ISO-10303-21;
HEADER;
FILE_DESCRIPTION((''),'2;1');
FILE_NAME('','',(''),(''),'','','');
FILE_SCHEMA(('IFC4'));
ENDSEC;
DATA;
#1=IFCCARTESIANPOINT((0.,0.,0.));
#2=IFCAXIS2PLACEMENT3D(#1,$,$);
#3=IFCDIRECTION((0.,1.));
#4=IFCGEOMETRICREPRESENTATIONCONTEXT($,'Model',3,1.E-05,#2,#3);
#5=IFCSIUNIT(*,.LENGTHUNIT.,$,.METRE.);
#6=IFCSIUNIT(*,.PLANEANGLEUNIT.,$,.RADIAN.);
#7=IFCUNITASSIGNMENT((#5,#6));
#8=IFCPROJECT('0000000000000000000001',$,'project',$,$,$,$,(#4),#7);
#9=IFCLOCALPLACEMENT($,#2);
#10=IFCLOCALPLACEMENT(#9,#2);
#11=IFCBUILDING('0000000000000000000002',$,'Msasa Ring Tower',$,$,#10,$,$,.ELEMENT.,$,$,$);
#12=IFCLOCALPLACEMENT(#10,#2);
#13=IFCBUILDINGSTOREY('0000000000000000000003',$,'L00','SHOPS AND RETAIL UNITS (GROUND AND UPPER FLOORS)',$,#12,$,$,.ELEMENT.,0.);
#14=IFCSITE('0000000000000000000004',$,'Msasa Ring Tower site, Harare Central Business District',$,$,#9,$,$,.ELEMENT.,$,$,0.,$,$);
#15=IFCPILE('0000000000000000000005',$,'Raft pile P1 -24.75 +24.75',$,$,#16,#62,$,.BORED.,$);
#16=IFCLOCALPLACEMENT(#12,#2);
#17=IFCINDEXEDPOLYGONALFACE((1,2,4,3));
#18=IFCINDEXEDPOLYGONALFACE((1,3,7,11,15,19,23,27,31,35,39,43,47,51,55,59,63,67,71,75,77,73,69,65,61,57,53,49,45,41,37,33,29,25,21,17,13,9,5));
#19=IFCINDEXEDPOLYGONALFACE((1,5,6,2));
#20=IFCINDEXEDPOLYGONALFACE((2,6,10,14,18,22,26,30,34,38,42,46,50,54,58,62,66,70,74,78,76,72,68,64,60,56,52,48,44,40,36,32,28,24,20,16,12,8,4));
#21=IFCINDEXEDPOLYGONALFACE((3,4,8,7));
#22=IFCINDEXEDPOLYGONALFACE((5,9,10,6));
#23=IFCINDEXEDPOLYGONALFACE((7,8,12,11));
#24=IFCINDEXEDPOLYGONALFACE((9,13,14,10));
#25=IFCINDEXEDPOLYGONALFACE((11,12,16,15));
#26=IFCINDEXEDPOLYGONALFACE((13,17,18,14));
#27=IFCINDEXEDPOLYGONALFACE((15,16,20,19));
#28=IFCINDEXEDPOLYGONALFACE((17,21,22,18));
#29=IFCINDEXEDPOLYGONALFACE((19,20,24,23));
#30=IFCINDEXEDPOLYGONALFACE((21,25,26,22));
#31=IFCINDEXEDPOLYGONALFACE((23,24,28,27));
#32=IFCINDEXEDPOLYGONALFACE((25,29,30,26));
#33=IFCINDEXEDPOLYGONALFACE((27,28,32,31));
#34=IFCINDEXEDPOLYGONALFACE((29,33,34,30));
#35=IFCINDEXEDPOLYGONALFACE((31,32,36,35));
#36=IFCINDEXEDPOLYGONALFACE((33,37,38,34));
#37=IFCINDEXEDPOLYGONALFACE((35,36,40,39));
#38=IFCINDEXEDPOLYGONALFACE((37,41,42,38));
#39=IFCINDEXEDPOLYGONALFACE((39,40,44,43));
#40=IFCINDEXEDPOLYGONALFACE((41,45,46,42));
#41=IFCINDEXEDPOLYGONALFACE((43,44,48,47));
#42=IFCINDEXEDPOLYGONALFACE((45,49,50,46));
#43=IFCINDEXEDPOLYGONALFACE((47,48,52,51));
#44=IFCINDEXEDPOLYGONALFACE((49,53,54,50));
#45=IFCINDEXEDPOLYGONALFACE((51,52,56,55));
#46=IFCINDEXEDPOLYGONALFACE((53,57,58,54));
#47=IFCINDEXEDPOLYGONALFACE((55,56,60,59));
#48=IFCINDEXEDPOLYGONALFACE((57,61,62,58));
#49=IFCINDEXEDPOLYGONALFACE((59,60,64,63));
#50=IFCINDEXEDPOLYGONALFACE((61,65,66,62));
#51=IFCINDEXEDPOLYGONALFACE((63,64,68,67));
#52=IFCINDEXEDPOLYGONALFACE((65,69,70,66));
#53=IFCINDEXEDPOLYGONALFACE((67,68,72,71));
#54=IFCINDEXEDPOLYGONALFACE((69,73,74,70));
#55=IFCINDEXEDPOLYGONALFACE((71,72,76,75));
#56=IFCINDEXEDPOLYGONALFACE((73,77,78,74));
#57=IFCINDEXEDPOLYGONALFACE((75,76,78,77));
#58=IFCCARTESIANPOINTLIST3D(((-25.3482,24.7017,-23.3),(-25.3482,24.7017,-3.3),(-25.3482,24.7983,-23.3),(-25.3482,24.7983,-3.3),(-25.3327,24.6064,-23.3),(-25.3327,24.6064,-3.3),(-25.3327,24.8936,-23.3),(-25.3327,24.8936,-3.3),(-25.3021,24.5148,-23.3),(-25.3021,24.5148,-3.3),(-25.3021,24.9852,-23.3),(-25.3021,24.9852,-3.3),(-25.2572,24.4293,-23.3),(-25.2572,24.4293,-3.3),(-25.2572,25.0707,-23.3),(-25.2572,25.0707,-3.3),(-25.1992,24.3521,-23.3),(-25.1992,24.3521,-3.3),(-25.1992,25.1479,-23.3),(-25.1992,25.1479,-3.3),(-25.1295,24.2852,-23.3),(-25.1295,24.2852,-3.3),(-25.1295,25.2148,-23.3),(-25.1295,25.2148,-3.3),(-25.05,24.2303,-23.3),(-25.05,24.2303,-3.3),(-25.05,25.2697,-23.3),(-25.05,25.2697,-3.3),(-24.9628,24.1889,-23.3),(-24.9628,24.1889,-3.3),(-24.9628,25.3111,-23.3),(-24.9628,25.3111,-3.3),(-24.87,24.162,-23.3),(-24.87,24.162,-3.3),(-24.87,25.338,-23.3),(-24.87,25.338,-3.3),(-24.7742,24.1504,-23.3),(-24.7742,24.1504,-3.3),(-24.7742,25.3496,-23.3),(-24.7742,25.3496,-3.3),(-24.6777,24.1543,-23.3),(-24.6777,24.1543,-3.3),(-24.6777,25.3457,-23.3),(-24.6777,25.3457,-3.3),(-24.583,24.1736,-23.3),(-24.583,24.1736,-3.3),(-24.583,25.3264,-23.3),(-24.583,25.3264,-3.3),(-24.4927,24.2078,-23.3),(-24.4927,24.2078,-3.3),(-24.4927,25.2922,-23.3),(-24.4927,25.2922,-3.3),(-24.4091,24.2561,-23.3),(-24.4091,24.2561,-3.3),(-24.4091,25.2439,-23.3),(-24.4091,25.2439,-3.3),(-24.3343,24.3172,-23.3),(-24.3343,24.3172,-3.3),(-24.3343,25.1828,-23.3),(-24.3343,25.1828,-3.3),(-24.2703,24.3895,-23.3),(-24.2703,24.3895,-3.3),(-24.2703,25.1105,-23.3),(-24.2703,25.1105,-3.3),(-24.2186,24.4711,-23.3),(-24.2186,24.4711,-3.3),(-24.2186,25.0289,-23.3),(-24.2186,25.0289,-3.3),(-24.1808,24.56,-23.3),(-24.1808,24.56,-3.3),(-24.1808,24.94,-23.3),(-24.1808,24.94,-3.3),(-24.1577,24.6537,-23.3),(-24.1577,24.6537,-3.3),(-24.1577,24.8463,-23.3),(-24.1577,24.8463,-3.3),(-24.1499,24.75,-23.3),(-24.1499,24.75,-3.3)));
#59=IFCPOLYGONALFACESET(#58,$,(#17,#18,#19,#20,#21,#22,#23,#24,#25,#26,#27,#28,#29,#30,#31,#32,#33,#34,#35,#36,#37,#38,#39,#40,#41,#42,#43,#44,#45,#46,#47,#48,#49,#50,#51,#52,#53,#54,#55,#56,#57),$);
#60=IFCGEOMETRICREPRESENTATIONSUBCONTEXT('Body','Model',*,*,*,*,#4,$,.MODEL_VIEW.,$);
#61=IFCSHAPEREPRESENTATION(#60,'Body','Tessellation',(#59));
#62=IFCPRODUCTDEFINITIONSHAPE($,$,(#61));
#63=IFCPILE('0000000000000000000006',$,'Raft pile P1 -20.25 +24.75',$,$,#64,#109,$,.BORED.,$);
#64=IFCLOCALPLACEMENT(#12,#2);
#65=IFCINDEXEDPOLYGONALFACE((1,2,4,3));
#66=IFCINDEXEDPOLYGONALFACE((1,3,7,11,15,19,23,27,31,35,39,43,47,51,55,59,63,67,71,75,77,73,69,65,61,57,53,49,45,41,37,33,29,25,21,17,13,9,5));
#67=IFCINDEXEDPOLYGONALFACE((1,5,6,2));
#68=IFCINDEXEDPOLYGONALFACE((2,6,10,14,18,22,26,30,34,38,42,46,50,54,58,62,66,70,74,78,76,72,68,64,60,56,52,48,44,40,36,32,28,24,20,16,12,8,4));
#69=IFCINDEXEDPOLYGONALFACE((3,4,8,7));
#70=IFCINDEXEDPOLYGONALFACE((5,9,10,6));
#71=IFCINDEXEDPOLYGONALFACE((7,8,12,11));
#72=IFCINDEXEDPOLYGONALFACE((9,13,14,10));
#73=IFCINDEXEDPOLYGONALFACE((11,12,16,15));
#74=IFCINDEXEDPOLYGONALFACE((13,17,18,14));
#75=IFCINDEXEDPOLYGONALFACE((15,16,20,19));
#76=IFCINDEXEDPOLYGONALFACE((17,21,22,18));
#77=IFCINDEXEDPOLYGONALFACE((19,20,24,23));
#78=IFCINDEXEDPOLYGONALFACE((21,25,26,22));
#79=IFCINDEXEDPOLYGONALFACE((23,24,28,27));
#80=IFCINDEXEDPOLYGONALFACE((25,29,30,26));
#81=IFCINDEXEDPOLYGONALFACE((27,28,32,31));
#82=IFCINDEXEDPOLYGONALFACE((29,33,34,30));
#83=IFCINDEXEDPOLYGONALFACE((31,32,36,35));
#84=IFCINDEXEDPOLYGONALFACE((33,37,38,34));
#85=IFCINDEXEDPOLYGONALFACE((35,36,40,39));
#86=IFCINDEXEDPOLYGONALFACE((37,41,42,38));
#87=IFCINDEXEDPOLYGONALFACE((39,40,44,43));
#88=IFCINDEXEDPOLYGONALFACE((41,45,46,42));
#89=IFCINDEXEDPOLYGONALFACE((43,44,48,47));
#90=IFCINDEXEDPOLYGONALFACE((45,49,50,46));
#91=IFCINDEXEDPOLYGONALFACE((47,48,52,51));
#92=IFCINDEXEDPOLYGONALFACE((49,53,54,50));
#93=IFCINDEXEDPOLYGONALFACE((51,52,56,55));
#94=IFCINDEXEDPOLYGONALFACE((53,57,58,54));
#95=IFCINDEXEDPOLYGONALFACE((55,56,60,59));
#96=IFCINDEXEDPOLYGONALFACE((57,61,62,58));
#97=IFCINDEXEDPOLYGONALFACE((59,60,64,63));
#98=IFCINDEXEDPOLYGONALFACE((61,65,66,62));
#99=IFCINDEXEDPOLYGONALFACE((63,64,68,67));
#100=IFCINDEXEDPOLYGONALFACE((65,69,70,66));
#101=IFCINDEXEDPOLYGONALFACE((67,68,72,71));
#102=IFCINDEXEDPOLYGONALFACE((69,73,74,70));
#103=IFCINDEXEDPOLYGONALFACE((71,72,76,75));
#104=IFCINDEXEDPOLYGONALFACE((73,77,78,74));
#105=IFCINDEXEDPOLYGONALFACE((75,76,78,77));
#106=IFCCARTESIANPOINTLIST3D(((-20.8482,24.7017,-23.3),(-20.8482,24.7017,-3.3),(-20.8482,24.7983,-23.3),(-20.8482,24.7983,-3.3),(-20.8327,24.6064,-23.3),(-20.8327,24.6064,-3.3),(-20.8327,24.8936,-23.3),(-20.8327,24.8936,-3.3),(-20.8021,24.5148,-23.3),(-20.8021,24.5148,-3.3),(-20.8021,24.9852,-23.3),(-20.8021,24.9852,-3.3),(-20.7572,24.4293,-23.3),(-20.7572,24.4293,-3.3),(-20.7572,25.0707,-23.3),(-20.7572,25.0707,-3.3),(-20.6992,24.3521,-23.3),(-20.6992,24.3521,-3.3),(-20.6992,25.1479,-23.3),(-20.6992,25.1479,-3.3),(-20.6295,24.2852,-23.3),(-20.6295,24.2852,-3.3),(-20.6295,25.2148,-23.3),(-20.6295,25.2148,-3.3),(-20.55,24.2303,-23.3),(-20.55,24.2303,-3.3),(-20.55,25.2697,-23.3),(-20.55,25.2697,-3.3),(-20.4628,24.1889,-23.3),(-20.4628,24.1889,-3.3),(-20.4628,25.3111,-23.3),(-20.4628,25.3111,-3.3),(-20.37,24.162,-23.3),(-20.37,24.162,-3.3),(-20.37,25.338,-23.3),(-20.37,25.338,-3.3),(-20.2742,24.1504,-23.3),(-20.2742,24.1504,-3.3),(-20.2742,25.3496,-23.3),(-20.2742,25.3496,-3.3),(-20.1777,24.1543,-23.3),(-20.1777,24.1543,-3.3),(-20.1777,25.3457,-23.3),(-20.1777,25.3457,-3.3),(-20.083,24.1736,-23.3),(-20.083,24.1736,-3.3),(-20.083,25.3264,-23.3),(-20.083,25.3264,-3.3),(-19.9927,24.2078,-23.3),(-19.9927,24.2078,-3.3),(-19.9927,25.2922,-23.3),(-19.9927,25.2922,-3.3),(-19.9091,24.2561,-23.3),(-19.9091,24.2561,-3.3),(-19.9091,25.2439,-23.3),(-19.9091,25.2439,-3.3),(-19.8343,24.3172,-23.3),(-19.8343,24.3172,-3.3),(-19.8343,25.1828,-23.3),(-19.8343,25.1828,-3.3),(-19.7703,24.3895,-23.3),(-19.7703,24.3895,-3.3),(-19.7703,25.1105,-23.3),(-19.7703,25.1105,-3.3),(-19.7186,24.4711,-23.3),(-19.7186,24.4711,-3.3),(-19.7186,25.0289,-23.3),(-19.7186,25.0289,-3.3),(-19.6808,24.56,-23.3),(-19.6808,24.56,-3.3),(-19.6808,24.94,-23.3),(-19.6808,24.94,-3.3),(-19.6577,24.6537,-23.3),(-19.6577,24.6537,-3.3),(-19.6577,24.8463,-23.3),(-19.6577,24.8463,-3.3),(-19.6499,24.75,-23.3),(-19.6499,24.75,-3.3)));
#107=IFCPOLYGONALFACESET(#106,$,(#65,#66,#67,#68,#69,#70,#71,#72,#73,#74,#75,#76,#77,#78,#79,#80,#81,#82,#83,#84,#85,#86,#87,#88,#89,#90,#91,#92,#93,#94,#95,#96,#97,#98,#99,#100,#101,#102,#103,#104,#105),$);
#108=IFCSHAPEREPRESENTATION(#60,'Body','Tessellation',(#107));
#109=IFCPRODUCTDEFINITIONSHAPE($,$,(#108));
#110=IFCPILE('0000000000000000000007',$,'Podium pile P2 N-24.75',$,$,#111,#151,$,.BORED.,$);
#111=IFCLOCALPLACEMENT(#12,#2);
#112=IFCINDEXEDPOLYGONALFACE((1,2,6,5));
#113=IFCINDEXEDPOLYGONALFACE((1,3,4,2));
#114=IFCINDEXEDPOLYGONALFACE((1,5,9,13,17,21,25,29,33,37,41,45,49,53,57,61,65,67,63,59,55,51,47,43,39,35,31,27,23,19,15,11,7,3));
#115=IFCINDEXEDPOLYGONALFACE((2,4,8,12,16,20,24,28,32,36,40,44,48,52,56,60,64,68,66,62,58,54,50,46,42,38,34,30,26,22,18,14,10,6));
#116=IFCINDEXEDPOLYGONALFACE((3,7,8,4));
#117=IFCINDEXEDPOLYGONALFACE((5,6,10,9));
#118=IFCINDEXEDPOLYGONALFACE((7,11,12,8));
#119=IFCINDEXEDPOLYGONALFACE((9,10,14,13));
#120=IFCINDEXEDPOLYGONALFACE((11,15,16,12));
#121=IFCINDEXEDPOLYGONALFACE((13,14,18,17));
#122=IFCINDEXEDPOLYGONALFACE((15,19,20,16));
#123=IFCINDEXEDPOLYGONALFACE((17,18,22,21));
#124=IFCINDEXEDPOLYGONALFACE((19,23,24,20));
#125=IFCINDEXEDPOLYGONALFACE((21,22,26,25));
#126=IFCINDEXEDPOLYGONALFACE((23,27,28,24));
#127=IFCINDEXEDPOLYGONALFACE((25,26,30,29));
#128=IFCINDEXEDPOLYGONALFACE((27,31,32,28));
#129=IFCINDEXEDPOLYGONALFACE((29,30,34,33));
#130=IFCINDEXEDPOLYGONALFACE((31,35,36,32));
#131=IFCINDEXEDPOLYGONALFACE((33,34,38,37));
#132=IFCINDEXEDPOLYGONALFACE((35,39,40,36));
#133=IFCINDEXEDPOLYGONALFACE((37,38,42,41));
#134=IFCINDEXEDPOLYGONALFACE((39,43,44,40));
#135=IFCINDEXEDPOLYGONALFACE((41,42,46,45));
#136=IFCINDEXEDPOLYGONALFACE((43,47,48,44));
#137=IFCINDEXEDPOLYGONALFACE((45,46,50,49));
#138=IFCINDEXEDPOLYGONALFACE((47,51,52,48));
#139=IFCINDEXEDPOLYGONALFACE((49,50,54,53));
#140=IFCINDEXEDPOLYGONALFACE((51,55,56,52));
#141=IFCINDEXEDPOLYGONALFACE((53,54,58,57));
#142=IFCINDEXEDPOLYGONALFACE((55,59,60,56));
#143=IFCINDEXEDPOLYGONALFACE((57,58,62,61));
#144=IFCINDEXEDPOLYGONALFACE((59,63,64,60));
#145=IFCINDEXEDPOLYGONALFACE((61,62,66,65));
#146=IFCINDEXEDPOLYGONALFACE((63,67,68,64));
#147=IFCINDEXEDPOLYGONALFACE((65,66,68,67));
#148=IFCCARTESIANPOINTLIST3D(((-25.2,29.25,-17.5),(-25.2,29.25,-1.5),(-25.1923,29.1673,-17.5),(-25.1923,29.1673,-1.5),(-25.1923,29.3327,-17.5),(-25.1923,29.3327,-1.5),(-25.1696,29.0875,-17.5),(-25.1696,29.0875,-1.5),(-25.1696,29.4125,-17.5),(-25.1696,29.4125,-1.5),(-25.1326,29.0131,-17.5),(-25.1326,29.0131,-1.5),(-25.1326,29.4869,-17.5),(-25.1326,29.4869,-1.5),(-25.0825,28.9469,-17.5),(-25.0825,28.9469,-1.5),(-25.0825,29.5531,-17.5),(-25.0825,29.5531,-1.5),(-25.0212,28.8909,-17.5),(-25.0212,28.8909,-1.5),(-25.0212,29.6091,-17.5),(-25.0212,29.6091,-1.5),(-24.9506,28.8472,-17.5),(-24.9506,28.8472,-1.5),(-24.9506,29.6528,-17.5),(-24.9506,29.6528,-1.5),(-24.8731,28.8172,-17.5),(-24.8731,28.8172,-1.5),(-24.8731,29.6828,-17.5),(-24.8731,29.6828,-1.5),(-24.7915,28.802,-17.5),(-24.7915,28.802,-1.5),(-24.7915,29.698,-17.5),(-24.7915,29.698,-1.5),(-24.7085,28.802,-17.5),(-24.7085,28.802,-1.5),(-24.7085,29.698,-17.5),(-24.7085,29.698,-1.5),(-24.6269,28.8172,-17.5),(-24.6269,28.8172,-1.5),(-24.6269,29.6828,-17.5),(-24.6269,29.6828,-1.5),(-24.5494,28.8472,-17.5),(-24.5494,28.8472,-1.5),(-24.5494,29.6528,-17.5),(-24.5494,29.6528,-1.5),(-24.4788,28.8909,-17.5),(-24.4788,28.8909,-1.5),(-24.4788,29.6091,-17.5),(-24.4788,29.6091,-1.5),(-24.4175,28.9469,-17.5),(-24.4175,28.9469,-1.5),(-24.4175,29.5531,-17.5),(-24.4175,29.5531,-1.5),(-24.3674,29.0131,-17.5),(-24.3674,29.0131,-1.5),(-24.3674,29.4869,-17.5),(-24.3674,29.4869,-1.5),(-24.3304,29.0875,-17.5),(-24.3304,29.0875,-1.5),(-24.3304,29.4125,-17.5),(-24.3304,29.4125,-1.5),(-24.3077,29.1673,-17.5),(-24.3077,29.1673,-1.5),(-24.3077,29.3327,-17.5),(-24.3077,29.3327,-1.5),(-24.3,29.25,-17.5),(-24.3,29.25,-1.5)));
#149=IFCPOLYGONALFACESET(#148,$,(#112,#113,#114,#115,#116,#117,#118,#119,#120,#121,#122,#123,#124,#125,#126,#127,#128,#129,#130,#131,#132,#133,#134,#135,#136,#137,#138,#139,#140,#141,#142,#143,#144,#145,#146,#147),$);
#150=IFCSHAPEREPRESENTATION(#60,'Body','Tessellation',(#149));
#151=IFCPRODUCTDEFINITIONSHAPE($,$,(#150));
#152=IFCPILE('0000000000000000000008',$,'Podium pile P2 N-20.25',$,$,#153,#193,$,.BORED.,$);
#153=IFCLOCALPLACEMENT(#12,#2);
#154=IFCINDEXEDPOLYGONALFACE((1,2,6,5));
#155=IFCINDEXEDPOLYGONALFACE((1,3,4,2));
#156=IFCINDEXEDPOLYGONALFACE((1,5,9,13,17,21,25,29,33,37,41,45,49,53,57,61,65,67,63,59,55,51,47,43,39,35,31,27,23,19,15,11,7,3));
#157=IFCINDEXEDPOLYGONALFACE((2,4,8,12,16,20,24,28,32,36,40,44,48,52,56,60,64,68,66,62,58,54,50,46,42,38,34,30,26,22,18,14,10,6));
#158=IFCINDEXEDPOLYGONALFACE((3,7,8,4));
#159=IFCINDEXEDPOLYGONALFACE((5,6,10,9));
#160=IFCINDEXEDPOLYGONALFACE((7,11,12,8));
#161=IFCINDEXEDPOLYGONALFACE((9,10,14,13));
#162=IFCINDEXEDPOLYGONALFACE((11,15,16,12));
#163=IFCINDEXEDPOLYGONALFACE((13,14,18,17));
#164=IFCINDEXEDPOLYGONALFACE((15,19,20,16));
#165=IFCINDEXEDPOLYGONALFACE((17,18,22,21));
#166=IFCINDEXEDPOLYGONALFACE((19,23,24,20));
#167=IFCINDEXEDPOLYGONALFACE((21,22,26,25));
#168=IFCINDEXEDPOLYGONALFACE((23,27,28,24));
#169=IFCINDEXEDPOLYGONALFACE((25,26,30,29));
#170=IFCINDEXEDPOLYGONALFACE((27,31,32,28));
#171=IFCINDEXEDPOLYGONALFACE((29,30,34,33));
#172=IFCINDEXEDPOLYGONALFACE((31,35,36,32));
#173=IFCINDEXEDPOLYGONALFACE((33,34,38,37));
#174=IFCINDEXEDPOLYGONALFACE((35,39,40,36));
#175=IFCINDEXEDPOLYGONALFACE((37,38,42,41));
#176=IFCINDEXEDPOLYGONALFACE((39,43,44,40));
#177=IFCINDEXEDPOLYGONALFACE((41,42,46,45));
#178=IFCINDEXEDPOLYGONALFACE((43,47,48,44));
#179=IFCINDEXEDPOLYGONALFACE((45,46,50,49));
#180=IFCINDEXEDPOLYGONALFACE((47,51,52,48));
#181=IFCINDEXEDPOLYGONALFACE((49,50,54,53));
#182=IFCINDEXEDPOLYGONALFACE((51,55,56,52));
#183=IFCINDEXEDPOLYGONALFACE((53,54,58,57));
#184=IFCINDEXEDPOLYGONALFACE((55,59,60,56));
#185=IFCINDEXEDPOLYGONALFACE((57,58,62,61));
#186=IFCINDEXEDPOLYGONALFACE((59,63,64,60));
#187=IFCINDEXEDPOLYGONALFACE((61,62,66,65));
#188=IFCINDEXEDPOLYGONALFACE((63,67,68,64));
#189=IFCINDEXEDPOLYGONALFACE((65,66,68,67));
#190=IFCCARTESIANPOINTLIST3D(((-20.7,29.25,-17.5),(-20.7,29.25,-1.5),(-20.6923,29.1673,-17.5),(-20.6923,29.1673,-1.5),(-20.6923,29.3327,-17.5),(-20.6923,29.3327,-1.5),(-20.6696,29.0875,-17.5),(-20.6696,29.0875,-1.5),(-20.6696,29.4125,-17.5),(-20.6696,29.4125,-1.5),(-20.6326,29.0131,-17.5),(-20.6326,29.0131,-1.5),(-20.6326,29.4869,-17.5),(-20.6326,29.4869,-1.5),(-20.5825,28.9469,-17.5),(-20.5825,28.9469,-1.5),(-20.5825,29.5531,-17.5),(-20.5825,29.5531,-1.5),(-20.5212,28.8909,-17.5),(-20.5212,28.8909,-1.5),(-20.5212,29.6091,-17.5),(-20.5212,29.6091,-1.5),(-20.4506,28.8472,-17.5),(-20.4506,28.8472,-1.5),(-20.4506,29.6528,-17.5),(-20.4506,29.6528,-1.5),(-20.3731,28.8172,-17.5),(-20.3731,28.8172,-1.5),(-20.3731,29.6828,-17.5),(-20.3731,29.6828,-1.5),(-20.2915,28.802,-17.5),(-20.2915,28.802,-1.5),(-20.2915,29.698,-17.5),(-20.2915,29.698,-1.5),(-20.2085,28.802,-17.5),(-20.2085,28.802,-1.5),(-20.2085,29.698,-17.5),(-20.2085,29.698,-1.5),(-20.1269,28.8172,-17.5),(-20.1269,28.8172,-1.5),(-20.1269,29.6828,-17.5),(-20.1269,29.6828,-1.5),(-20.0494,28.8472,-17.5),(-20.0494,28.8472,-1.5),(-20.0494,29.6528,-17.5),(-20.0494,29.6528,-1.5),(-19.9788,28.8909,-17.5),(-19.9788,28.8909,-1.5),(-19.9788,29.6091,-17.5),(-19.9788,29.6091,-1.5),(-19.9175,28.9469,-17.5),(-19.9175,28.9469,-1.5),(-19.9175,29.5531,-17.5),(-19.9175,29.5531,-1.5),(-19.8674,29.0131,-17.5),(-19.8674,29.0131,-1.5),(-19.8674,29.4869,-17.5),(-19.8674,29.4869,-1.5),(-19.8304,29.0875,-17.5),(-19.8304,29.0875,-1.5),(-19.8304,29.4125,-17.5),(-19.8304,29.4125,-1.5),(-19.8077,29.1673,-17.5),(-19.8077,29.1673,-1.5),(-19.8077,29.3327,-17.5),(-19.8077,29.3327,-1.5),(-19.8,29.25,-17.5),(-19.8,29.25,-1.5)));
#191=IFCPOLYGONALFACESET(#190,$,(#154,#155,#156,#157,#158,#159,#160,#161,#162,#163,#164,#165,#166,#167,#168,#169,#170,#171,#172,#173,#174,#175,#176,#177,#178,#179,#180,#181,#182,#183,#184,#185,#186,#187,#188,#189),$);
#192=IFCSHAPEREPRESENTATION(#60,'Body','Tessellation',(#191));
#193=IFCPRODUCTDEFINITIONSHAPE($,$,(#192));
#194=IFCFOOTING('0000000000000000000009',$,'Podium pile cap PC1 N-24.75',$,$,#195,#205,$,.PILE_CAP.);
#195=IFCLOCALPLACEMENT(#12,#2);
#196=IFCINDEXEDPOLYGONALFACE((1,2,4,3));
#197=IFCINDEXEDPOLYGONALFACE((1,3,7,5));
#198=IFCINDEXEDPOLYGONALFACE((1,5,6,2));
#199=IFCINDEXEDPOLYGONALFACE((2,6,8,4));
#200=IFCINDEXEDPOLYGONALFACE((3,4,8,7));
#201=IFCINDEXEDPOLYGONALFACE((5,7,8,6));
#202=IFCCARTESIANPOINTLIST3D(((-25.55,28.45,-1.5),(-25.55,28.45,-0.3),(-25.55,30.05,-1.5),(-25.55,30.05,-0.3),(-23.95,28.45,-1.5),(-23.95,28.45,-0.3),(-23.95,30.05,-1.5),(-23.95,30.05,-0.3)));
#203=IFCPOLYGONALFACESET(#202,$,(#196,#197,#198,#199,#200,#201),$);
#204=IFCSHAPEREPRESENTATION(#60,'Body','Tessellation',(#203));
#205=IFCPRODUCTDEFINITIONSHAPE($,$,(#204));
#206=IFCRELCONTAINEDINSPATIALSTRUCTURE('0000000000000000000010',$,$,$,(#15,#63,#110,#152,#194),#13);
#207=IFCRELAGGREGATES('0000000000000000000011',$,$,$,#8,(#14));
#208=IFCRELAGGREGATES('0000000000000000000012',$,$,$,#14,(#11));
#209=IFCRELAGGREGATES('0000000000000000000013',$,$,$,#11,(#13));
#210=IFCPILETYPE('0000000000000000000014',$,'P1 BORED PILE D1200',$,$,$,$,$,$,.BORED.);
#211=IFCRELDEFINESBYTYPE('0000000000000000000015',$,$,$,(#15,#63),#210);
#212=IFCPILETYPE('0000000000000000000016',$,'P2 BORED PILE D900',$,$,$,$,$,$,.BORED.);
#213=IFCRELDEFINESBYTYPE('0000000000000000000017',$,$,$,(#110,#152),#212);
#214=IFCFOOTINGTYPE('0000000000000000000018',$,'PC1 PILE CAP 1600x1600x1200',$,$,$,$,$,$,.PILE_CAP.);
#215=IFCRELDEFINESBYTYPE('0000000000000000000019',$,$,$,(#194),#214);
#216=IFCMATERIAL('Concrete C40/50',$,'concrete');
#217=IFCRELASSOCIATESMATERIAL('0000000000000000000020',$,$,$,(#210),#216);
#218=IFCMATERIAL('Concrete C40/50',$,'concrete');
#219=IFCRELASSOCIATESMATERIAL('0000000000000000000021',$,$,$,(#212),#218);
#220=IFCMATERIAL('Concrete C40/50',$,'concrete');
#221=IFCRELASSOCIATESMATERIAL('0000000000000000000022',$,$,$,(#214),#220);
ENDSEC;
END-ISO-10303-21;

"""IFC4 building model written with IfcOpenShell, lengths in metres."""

from ifc_helpers import new_model, si_unit, direction, frame, origin, origin_2d, place, context, subcontext, project, spatial, rectangle, circle, extrude, material, material_profile, profile_set, type_object, element, save


model = new_model("IFC4")

# Units and contexts
model_context = context("Model", 3, precision=1e-05, world=origin(), true_north=direction((0.0, 1.0)))
body_context = subcontext(model_context, "Body", "Model", "MODEL_VIEW")
ifc_project = project(units=[si_unit("LENGTHUNIT", "METRE"), si_unit("PLANEANGLEUNIT", "RADIAN")], contexts=[model_context])

# Site, building, storey
site_placement = place(None, origin())
site = spatial("IfcSite", under=ifc_project, at=site_placement, Name="Msasa Ring Tower site, Harare Central Business District", CompositionType="ELEMENT", RefElevation=0.0)
building_placement = place(site_placement, origin())
building = spatial("IfcBuilding", under=site, at=building_placement, Name="Msasa Ring Tower", CompositionType="ELEMENT")
storey_placement = place(building_placement, origin())
storey = spatial("IfcBuildingStorey", under=building, at=storey_placement, Name="L00", Description="SHOPS AND RETAIL UNITS (GROUND AND UPPER FLOORS)", CompositionType="ELEMENT", Elevation=0.0)

# Piles
ifc_material_1 = material(Name="Concrete C40/50", Category="concrete")
ifc_material_profile_1 = material_profile(ifc_material_1, circle(Radius=0.6001, at=origin_2d()), Name="D1200")
ifc_profile_set_1 = profile_set([ifc_material_profile_1], Name="Concrete C40/50")
pile_type_1 = type_object("IfcPileType", Name="P1 BORED PILE D1200", PredefinedType="BORED", material=ifc_profile_set_1)
for number, where, z_axis, x_axis, name in (
    (1, (-24.75, 24.75, -3.3), (0.0, 0.0, -1.0), (1.0, 0.0, 0.0), "Raft pile P1 -24.75 +24.75"),
    (2, (-20.25, 24.75, -3.3), (0.0, 0.0, -1.0), (1.0, 0.0, 0.0), "Raft pile P1 -20.25 +24.75"),
):
    element("IfcPile", number, at=place(storey_placement, frame(where, z_axis=z_axis, x_axis=x_axis)), inside=storey, type_object=pile_type_1, Name=name, PredefinedType="BORED", context=body_context, shape_type="SweptSolid", body=[
        extrude(circle(Radius=0.6001, at=origin_2d()), origin(), (0.0, 0.0, 1.0), 20.0),
    ])
ifc_material_2 = material(Name="Concrete C40/50", Category="concrete")
ifc_material_profile_2 = material_profile(ifc_material_2, circle(Radius=0.45, at=origin_2d()), Name="D900")
ifc_profile_set_2 = profile_set([ifc_material_profile_2], Name="Concrete C40/50")
pile_type_2 = type_object("IfcPileType", Name="P2 BORED PILE D900", PredefinedType="BORED", material=ifc_profile_set_2)
for number, where, z_axis, x_axis, name in (
    (3, (-24.75, 29.25, -1.5), (0.0, 0.0, -1.0), (1.0, 0.0, 0.0), "Podium pile P2 N-24.75"),
    (4, (-20.25, 29.25, -1.5), (0.0, 0.0, -1.0), (1.0, 0.0, 0.0), "Podium pile P2 N-20.25"),
):
    element("IfcPile", number, at=place(storey_placement, frame(where, z_axis=z_axis, x_axis=x_axis)), inside=storey, type_object=pile_type_2, Name=name, PredefinedType="BORED", context=body_context, shape_type="SweptSolid", body=[
        extrude(circle(Radius=0.45, at=origin_2d()), origin(), (0.0, 0.0, 1.0), 16.0),
    ])

# Footing
ifc_material_3 = material(Name="Concrete C40/50", Category="concrete")
footing_type = type_object("IfcFootingType", Name="PC1 PILE CAP 1600x1600x1200", PredefinedType="PILE_CAP", material=ifc_material_3)
for number, where, z_axis, x_axis, name in (
    (5, (-24.75, 29.25, -1.5), (0.0, 0.0, 1.0), (1.0, 0.0, 0.0), "Podium pile cap PC1 N-24.75"),
):
    element("IfcFooting", number, at=place(storey_placement, frame(where, z_axis=z_axis, x_axis=x_axis)), inside=storey, type_object=footing_type, Name=name, PredefinedType="PILE_CAP", context=body_context, shape_type="SweptSolid", body=[
        extrude(rectangle(XDim=1.6001, YDim=1.6001, at=origin_2d()), origin(), (0.0, 0.0, 1.0), 1.2),
    ])

save(model, "model.ifc")
